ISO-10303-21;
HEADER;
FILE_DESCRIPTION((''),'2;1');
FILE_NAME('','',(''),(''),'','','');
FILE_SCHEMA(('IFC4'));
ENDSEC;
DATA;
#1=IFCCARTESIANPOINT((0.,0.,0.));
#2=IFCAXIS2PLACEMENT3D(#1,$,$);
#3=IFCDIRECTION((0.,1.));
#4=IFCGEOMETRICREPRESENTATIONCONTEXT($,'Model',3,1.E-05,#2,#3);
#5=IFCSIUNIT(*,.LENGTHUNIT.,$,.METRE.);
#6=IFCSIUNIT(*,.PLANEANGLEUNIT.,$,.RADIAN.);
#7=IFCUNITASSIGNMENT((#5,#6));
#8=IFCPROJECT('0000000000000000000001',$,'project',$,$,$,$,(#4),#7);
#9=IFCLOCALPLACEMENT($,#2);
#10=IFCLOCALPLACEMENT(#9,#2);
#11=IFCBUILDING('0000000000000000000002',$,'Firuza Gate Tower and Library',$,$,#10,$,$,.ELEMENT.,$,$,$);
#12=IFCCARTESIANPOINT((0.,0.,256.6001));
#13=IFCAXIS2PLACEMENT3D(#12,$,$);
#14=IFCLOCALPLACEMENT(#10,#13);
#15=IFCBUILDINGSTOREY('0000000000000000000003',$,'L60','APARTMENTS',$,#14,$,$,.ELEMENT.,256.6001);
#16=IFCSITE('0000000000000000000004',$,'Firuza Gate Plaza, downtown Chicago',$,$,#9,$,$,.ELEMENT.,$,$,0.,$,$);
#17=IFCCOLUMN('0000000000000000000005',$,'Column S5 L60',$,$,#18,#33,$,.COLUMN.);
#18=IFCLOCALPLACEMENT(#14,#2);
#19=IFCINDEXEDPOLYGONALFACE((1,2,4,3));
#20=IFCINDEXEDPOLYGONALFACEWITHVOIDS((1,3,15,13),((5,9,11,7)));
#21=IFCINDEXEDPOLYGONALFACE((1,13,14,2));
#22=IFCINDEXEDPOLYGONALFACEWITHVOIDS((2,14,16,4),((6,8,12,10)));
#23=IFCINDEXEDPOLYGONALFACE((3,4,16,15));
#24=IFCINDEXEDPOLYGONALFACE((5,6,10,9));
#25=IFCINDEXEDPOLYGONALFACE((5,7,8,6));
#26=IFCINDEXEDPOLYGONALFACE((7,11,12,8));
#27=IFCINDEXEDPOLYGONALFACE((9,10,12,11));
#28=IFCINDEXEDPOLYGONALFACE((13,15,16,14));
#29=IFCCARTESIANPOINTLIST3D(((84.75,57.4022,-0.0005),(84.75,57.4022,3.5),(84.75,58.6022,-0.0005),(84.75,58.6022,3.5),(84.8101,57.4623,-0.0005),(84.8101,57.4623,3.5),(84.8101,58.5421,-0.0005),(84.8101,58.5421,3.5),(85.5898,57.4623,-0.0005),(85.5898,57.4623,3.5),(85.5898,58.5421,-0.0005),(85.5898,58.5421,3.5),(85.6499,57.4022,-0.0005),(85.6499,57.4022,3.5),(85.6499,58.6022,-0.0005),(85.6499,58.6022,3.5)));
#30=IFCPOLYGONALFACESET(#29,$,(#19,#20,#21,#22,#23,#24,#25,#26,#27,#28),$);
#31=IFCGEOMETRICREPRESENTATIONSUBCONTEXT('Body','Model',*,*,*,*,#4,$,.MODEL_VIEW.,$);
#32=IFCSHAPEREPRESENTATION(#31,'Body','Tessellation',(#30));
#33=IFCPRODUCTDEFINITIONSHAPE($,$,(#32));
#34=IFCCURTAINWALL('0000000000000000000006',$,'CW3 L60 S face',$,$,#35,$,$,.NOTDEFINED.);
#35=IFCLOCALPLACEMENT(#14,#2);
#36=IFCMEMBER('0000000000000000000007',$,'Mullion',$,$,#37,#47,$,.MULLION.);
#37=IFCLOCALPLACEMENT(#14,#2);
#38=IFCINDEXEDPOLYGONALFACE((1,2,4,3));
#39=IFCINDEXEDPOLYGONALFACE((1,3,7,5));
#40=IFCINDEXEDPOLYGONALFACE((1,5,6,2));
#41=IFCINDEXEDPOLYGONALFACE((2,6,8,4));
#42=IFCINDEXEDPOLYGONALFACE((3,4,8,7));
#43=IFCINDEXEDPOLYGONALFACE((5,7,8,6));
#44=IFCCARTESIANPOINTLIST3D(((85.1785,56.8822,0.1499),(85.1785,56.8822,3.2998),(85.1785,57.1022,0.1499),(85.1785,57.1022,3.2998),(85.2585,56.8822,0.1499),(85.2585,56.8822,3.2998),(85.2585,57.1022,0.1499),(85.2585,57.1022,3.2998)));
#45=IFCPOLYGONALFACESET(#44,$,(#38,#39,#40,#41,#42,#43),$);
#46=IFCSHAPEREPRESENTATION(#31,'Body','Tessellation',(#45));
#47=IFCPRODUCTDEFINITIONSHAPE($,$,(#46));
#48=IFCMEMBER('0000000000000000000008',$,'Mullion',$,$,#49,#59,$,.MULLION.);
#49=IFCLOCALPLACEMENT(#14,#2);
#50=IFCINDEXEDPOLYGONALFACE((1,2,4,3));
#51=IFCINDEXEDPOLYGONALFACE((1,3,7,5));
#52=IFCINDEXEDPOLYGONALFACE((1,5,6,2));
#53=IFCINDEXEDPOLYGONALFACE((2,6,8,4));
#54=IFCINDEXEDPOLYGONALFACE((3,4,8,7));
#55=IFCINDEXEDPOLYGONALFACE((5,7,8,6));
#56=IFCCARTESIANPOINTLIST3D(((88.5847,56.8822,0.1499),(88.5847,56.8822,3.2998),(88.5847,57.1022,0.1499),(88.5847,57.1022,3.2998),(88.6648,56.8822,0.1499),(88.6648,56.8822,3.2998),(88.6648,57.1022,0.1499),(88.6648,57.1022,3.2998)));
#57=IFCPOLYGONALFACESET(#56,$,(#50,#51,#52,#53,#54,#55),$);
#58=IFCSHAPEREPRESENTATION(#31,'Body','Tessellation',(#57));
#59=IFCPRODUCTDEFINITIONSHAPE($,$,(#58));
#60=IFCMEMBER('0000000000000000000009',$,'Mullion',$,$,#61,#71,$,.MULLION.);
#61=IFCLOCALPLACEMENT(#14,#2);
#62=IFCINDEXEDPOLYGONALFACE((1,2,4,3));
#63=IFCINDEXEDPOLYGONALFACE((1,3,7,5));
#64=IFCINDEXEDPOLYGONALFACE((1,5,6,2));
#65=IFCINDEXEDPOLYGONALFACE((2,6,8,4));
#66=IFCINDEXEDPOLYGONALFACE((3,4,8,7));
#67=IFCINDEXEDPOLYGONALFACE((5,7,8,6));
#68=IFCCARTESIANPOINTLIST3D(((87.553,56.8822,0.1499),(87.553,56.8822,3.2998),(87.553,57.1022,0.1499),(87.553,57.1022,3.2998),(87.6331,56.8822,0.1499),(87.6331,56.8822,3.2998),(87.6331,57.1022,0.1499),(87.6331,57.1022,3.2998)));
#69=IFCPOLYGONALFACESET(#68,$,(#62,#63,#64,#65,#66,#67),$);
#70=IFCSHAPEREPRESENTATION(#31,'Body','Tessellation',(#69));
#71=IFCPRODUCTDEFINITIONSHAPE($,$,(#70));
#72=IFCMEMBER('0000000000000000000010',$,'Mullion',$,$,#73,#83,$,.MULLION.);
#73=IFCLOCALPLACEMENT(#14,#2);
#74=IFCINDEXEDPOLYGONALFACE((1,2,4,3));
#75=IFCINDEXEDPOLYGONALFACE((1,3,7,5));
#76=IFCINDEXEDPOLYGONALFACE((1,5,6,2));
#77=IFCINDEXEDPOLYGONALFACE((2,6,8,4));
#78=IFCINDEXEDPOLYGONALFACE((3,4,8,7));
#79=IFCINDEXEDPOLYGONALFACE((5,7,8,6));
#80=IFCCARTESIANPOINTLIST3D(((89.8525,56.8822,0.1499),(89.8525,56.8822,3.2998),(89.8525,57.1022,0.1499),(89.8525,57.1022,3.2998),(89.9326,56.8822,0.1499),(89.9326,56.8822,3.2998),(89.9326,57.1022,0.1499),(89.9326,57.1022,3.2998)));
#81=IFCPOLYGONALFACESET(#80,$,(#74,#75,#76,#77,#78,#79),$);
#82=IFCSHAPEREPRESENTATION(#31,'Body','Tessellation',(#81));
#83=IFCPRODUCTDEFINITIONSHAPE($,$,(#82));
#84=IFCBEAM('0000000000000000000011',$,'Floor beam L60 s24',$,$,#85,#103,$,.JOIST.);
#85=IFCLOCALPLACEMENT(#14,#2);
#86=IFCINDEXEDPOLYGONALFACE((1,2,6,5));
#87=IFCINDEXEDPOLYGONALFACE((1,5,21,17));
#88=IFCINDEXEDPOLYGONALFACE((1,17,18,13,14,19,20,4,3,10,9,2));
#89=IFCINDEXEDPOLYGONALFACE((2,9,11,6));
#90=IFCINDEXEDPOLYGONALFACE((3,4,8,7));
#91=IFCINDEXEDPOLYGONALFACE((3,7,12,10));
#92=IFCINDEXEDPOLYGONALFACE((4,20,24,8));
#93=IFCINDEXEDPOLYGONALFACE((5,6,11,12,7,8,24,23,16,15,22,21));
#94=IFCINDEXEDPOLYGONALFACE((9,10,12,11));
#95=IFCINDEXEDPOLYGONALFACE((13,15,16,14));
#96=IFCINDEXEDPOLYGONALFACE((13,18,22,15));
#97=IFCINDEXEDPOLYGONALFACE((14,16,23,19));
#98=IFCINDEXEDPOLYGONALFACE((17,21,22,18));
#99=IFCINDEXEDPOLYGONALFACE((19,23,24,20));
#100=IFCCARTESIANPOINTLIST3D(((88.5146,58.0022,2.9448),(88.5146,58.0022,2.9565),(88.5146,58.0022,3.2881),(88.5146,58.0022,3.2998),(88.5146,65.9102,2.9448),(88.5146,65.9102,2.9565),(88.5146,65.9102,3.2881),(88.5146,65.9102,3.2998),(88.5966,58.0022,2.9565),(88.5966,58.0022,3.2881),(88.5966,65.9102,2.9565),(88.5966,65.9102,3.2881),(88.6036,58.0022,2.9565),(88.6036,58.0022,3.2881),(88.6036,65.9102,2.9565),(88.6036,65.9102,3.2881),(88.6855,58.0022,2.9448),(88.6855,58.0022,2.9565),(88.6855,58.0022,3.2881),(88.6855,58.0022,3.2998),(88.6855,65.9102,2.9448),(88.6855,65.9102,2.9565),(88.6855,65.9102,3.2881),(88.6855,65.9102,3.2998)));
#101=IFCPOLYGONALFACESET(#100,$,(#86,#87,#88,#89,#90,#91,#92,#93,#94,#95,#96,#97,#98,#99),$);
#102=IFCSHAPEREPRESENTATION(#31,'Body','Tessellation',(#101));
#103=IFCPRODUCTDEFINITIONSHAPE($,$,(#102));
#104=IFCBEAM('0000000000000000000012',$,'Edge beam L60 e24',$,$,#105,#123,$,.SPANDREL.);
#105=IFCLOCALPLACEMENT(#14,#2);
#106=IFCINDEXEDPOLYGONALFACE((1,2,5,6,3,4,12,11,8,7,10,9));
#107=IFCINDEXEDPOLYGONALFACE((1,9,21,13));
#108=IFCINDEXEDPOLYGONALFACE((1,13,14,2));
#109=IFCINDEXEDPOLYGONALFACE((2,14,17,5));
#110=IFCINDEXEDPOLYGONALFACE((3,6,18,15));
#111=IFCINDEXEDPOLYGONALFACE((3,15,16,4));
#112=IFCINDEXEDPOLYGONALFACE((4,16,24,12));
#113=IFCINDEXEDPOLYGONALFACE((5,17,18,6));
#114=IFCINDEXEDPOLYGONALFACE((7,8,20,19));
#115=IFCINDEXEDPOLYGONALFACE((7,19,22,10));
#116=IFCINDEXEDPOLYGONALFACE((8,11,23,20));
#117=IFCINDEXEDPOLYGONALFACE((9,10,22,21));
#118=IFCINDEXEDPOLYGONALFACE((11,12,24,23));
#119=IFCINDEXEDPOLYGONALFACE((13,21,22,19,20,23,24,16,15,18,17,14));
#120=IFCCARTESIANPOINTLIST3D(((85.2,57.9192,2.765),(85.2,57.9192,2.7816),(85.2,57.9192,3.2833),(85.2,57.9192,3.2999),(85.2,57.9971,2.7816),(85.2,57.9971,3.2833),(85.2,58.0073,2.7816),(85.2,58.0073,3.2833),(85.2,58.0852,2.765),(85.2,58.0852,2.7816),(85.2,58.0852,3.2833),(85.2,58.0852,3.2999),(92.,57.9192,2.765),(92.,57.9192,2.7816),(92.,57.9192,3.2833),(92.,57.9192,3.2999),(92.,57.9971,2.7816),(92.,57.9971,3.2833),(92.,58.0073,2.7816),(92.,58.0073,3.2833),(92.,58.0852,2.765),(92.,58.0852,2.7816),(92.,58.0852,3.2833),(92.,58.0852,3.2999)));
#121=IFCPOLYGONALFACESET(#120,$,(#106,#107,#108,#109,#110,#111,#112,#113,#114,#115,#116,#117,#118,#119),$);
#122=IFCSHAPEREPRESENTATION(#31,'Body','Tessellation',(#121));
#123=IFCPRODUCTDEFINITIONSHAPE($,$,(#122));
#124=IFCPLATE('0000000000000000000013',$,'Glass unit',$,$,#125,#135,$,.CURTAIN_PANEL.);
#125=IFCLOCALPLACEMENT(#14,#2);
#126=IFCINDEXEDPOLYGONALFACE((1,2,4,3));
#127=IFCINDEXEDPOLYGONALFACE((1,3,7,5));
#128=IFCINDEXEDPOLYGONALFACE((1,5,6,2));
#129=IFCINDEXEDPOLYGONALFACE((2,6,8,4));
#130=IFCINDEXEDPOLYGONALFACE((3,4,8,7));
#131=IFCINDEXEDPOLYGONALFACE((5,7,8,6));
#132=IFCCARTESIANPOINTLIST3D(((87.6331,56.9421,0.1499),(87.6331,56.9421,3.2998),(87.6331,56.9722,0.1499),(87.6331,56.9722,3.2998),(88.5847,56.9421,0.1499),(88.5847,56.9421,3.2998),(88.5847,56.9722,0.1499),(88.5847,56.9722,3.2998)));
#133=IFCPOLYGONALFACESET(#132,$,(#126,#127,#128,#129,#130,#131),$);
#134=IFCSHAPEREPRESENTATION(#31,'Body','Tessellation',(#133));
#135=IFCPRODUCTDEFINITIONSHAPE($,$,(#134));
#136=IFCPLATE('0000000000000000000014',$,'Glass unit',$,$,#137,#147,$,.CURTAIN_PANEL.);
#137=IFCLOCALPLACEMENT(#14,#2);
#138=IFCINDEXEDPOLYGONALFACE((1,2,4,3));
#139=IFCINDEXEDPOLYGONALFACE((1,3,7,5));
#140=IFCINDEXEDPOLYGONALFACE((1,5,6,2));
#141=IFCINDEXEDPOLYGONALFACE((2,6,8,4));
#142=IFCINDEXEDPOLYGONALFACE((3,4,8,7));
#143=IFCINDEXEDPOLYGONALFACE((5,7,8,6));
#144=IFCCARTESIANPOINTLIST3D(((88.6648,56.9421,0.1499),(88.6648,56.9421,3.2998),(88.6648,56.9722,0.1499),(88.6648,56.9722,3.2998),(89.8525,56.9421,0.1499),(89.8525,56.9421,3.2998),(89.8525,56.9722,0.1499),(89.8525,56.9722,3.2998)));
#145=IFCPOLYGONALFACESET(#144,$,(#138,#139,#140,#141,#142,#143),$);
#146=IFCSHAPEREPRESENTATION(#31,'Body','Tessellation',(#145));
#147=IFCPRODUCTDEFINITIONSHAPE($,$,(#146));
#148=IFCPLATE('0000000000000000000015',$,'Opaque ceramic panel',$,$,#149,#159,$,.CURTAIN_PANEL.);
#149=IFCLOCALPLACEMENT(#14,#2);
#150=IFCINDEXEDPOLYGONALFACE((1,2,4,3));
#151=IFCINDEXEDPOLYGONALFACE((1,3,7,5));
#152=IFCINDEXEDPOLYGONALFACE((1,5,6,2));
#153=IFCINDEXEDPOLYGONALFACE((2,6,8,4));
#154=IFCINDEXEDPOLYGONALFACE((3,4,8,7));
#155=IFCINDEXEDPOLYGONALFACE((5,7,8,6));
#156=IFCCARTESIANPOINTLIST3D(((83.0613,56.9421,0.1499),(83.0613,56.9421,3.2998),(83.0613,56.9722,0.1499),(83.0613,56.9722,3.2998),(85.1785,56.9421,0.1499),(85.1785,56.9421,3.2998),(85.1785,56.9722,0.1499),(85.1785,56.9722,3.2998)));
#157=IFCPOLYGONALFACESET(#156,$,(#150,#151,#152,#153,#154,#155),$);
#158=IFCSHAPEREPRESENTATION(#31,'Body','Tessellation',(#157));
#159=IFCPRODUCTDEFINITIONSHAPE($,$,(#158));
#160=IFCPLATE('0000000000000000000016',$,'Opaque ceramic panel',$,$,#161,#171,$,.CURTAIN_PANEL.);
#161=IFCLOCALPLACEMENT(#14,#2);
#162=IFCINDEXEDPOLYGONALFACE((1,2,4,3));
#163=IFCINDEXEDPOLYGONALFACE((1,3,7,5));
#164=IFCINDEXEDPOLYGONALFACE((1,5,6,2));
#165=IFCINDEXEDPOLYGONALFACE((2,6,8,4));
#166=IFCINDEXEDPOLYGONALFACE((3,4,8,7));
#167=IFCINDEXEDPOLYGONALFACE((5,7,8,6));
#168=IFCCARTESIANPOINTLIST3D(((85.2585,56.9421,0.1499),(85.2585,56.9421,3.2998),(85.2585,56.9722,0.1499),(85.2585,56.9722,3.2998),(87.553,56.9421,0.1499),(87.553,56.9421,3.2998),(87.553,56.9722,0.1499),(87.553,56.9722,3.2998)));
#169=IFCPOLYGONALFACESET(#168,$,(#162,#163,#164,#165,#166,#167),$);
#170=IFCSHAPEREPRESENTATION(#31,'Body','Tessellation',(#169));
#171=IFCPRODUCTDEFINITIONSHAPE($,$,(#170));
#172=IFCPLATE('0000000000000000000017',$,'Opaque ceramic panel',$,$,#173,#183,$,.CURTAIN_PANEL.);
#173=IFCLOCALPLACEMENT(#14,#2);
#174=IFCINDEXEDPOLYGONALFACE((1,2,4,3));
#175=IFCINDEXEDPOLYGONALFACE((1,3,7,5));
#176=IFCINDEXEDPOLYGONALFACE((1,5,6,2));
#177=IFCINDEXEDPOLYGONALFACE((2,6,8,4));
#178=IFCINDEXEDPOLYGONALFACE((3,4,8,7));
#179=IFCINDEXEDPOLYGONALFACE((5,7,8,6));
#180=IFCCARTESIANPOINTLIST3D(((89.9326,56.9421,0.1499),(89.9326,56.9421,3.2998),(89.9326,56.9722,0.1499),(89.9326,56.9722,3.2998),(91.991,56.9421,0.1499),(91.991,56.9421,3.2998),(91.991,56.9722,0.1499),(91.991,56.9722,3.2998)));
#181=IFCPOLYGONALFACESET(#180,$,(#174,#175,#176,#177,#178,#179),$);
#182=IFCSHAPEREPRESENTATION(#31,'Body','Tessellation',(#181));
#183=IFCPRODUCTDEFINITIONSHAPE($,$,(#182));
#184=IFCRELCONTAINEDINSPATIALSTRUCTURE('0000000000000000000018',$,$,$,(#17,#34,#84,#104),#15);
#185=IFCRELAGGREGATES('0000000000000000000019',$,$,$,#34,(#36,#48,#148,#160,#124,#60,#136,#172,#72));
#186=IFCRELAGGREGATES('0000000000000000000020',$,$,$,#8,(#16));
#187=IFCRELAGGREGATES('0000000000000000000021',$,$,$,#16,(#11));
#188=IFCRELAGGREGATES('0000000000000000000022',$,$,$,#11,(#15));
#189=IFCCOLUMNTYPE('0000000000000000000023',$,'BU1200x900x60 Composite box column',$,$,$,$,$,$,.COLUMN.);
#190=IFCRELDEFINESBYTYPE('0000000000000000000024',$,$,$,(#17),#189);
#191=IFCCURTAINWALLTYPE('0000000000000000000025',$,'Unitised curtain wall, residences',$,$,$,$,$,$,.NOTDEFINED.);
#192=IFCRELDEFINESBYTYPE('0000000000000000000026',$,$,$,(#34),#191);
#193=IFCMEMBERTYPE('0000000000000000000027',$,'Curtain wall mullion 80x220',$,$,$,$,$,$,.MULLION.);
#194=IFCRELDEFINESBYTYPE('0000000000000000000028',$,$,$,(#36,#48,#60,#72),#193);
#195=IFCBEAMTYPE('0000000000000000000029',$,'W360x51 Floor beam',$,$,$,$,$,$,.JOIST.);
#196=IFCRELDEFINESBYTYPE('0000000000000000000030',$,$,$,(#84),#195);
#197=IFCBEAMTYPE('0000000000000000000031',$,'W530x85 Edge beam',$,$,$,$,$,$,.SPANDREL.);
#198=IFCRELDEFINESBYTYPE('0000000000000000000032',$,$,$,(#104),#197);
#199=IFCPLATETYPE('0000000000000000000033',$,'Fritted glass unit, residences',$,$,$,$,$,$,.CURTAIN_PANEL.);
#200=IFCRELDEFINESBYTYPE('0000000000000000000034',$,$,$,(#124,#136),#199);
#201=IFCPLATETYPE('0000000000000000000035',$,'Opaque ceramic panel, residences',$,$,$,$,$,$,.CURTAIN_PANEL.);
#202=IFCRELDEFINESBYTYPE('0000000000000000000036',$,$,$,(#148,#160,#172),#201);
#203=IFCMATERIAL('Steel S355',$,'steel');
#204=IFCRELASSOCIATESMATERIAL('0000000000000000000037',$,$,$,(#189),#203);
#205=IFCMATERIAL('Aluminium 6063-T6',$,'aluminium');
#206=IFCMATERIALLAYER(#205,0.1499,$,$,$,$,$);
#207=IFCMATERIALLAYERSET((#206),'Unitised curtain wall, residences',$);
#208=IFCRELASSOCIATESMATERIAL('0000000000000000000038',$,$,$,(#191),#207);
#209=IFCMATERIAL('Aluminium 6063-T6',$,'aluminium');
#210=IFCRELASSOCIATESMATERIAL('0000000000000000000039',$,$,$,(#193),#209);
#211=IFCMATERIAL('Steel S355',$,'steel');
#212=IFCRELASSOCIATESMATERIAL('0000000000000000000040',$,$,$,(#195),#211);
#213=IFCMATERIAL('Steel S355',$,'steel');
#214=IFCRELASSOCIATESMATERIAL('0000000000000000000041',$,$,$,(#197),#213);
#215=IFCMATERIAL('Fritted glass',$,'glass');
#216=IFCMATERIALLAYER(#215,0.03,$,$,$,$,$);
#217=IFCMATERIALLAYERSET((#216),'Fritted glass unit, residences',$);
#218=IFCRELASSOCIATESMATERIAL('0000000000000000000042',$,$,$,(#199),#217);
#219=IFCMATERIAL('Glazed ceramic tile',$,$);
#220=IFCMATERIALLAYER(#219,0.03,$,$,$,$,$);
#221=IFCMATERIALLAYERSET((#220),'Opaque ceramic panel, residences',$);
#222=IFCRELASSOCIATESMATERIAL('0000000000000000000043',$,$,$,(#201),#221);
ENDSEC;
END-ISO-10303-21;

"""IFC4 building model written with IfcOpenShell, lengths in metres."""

from ifc_helpers import new_model, si_unit, direction, frame, origin, origin_2d, place, context, subcontext, project, spatial, polyline, rectangle, hollow_rectangle, i_section, outline, extrude, material, layer, layer_set, material_profile, profile_set, type_object, element, aggregate, save


model = new_model("IFC4")

# Units and contexts
model_context = context("Model", 3, precision=1e-05, world=origin(), true_north=direction((0.0, 1.0)))
body_context = subcontext(model_context, "Body", "Model", "MODEL_VIEW")
ifc_project = project(units=[si_unit("LENGTHUNIT", "METRE"), si_unit("PLANEANGLEUNIT", "RADIAN")], contexts=[model_context])

# Site, building, storey
site_placement = place(None, origin())
site = spatial("IfcSite", under=ifc_project, at=site_placement, Name="Firuza Gate Plaza, downtown Chicago", CompositionType="ELEMENT", RefElevation=0.0)
building_placement = place(site_placement, origin())
building = spatial("IfcBuilding", under=site, at=building_placement, Name="Firuza Gate Tower and Library", CompositionType="ELEMENT")
storey_placement = place(building_placement, frame((0.0, 0.0, 256.6001)))
storey = spatial("IfcBuildingStorey", under=building, at=storey_placement, Name="L60", Description="APARTMENTS", CompositionType="ELEMENT", Elevation=256.6001)

# Column
ifc_material_1 = material(Name="Steel S355", Category="steel")
ifc_material_profile_1 = material_profile(ifc_material_1, hollow_rectangle(XDim=0.8999, YDim=1.2, WallThickness=0.0601, at=origin_2d()))
ifc_profile_set_1 = profile_set([ifc_material_profile_1], Name="Steel S355")
column_type = type_object("IfcColumnType", Name="BU1200x900x60 Composite box column", PredefinedType="COLUMN", material=ifc_profile_set_1)
column_placement = place(storey_placement, frame((85.2, 58.0022, -0.0005), z_axis=(0.0, 0.0, 1.0), x_axis=(1.0, 0.0, 0.0)))
element("IfcColumn", 1, at=column_placement, inside=storey, type_object=column_type, Name="Column S5 L60", PredefinedType="COLUMN", context=body_context, shape_type="SweptSolid", body=[
    extrude(hollow_rectangle(XDim=0.8999, YDim=1.2, WallThickness=0.0601, at=origin_2d()), origin(), (0.0, 0.0, 1.0), 3.5005),
])

# Curtain wall, members
ifc_material_2 = material(Name="Aluminium 6063-T6", Category="aluminium")
ifc_layer_1 = layer(ifc_material_2, 0.1499)
ifc_layer_set_1 = layer_set([ifc_layer_1], Name="Unitised curtain wall, residences")
curtain_wall_type = type_object("IfcCurtainWallType", Name="Unitised curtain wall, residences", PredefinedType="NOTDEFINED", material=ifc_layer_set_1)
curtain_wall_placement = place(storey_placement, origin())
curtain_wall = element("IfcCurtainWall", 2, at=curtain_wall_placement, inside=storey, type_object=curtain_wall_type, Name="CW3 L60 S face", PredefinedType="NOTDEFINED")
ifc_material_3 = material(Name="Aluminium 6063-T6", Category="aluminium")
ifc_material_profile_2 = material_profile(ifc_material_3, rectangle(XDim=0.22, YDim=0.0801, at=origin_2d()))
ifc_profile_set_2 = profile_set([ifc_material_profile_2], Name="Aluminium 6063-T6")
member_type = type_object("IfcMemberType", Name="Curtain wall mullion 80x220", PredefinedType="MULLION", material=ifc_profile_set_2)
member_1_placement = place(storey_placement, frame((85.2185, 56.9922, 0.1499), z_axis=(0.0, 0.0, 1.0), x_axis=(0.0, 1.0, 0.0)))
member_1 = element("IfcMember", 3, at=member_1_placement, type_object=member_type, Name="Mullion", PredefinedType="MULLION", context=body_context, shape_type="SweptSolid", body=[
    extrude(rectangle(XDim=0.22, YDim=0.0801, at=origin_2d()), origin(), (0.0, 0.0, 1.0), 3.1499),
])
member_2_placement = place(storey_placement, frame((88.6248, 56.9922, 0.1499), z_axis=(0.0, 0.0, 1.0), x_axis=(0.0, 1.0, 0.0)))
member_2 = element("IfcMember", 4, at=member_2_placement, type_object=member_type, Name="Mullion", PredefinedType="MULLION", context=body_context, shape_type="SweptSolid", body=[
    extrude(rectangle(XDim=0.22, YDim=0.0801, at=origin_2d()), origin(), (0.0, 0.0, 1.0), 3.1499),
])
member_3_placement = place(storey_placement, frame((87.593, 56.9922, 0.1499), z_axis=(0.0, 0.0, 1.0), x_axis=(0.0, 1.0, 0.0)))
member_3 = element("IfcMember", 5, at=member_3_placement, type_object=member_type, Name="Mullion", PredefinedType="MULLION", context=body_context, shape_type="SweptSolid", body=[
    extrude(rectangle(XDim=0.22, YDim=0.0801, at=origin_2d()), origin(), (0.0, 0.0, 1.0), 3.1499),
])
member_4_placement = place(storey_placement, frame((89.8926, 56.9922, 0.1499), z_axis=(0.0, 0.0, 1.0), x_axis=(0.0, 1.0, 0.0)))
member_4 = element("IfcMember", 6, at=member_4_placement, type_object=member_type, Name="Mullion", PredefinedType="MULLION", context=body_context, shape_type="SweptSolid", body=[
    extrude(rectangle(XDim=0.22, YDim=0.0801, at=origin_2d()), origin(), (0.0, 0.0, 1.0), 3.1499),
])

# Beams
ifc_material_4 = material(Name="Steel S355", Category="steel")
ifc_material_profile_3 = material_profile(ifc_material_4, i_section(OverallWidth=0.1709, OverallDepth=0.355, WebThickness=0.0071, FlangeThickness=0.0117, at=origin_2d()))
ifc_profile_set_3 = profile_set([ifc_material_profile_3], Name="Steel S355")
beam_type_1 = type_object("IfcBeamType", Name="W360x51 Floor beam", PredefinedType="JOIST", material=ifc_profile_set_3)
beam_1_placement = place(storey_placement, frame((88.6001, 58.0022, 3.1223), z_axis=(0.0, 1.0, 0.0), x_axis=(-1.0, 0.0, 0.0)))
element("IfcBeam", 7, at=beam_1_placement, inside=storey, type_object=beam_type_1, Name="Floor beam L60 s24", PredefinedType="JOIST", context=body_context, shape_type="SweptSolid", body=[
    extrude(i_section(OverallWidth=0.1709, OverallDepth=0.355, WebThickness=0.0071, FlangeThickness=0.0117, at=origin_2d()), origin(), (0.0, 0.0, 1.0), 7.908),
])
ifc_material_5 = material(Name="Steel S355", Category="steel")
ifc_material_profile_4 = material_profile(ifc_material_5, i_section(OverallWidth=0.166, OverallDepth=0.5349, WebThickness=0.0103, FlangeThickness=0.0166, at=origin_2d()))
ifc_profile_set_4 = profile_set([ifc_material_profile_4], Name="Steel S355")
beam_type_2 = type_object("IfcBeamType", Name="W530x85 Edge beam", PredefinedType="SPANDREL", material=ifc_profile_set_4)
beam_2_placement = place(storey_placement, frame((85.2, 58.0022, 3.0325), z_axis=(1.0, 0.0, 0.0), x_axis=(0.0, 1.0, 0.0)))
element("IfcBeam", 8, at=beam_2_placement, inside=storey, type_object=beam_type_2, Name="Edge beam L60 e24", PredefinedType="SPANDREL", context=body_context, shape_type="SweptSolid", body=[
    extrude(i_section(OverallWidth=0.166, OverallDepth=0.5349, WebThickness=0.0103, FlangeThickness=0.0166, at=origin_2d()), origin(), (0.0, 0.0, 1.0), 6.8),
])

# Plates
ifc_material_6 = material(Name="Fritted glass", Category="glass")
ifc_layer_2 = layer(ifc_material_6, 0.03)
ifc_layer_set_2 = layer_set([ifc_layer_2], Name="Fritted glass unit, residences")
plate_type_1 = type_object("IfcPlateType", Name="Fritted glass unit, residences", PredefinedType="CURTAIN_PANEL", material=ifc_layer_set_2)
plate_1_placement = place(storey_placement, frame((87.6331, 56.9421, 0.1499), z_axis=(0.0, -1.0, 0.0), x_axis=(1.0, 0.0, 0.0)))
plate_1 = element("IfcPlate", 9, at=plate_1_placement, type_object=plate_type_1, Name="Glass unit", PredefinedType="CURTAIN_PANEL", context=body_context, shape_type="SweptSolid", body=[
    extrude(outline(polyline([(0.0, 0.0), (0.9517, 0.0), (0.9517, 3.1499), (0.0, 3.1499), (0.0, 0.0)])), origin(), (0.0, 0.0, -1.0), 0.03),
])
plate_2_placement = place(storey_placement, frame((88.6648, 56.9421, 0.1499), z_axis=(0.0, -1.0, 0.0), x_axis=(1.0, 0.0, 0.0)))
plate_2 = element("IfcPlate", 10, at=plate_2_placement, type_object=plate_type_1, Name="Glass unit", PredefinedType="CURTAIN_PANEL", context=body_context, shape_type="SweptSolid", body=[
    extrude(outline(polyline([(0.0, 0.0), (1.1877, 0.0), (1.1877, 3.1499), (0.0, 3.1499), (0.0, 0.0)])), origin(), (0.0, 0.0, -1.0), 0.03),
])
ifc_material_7 = material(Name="Glazed ceramic tile")
ifc_layer_3 = layer(ifc_material_7, 0.03)
ifc_layer_set_3 = layer_set([ifc_layer_3], Name="Opaque ceramic panel, residences")
plate_type_2 = type_object("IfcPlateType", Name="Opaque ceramic panel, residences", PredefinedType="CURTAIN_PANEL", material=ifc_layer_set_3)
plate_3_placement = place(storey_placement, frame((83.0613, 56.9421, 0.1499), z_axis=(0.0, -1.0, 0.0), x_axis=(1.0, 0.0, 0.0)))
plate_3 = element("IfcPlate", 11, at=plate_3_placement, type_object=plate_type_2, Name="Opaque ceramic panel", PredefinedType="CURTAIN_PANEL", context=body_context, shape_type="SweptSolid", body=[
    extrude(outline(polyline([(0.0, 0.0), (2.1172, 0.0), (2.1172, 3.1499), (0.0, 3.1499), (0.0, 0.0)])), origin(), (0.0, 0.0, -1.0), 0.03),
])
plate_4_placement = place(storey_placement, frame((85.2585, 56.9421, 0.1499), z_axis=(0.0, -1.0, 0.0), x_axis=(1.0, 0.0, 0.0)))
plate_4 = element("IfcPlate", 12, at=plate_4_placement, type_object=plate_type_2, Name="Opaque ceramic panel", PredefinedType="CURTAIN_PANEL", context=body_context, shape_type="SweptSolid", body=[
    extrude(outline(polyline([(0.0, 0.0), (2.2944, 0.0), (2.2944, 3.1499), (0.0, 3.1499), (0.0, 0.0)])), origin(), (0.0, 0.0, -1.0), 0.03),
])
plate_5_placement = place(storey_placement, frame((89.9326, 56.9421, 0.1499), z_axis=(0.0, -1.0, 0.0), x_axis=(1.0, 0.0, 0.0)))
plate_5 = element("IfcPlate", 13, at=plate_5_placement, type_object=plate_type_2, Name="Opaque ceramic panel", PredefinedType="CURTAIN_PANEL", context=body_context, shape_type="SweptSolid", body=[
    extrude(outline(polyline([(0.0, 0.0), (2.0583, 0.0), (2.0583, 3.1499), (0.0, 3.1499), (0.0, 0.0)])), origin(), (0.0, 0.0, -1.0), 0.03),
])
aggregate(curtain_wall, [member_1, member_2, plate_3, plate_4, plate_1, member_3, plate_2, plate_5, member_4])

save(model, "model.ifc")
